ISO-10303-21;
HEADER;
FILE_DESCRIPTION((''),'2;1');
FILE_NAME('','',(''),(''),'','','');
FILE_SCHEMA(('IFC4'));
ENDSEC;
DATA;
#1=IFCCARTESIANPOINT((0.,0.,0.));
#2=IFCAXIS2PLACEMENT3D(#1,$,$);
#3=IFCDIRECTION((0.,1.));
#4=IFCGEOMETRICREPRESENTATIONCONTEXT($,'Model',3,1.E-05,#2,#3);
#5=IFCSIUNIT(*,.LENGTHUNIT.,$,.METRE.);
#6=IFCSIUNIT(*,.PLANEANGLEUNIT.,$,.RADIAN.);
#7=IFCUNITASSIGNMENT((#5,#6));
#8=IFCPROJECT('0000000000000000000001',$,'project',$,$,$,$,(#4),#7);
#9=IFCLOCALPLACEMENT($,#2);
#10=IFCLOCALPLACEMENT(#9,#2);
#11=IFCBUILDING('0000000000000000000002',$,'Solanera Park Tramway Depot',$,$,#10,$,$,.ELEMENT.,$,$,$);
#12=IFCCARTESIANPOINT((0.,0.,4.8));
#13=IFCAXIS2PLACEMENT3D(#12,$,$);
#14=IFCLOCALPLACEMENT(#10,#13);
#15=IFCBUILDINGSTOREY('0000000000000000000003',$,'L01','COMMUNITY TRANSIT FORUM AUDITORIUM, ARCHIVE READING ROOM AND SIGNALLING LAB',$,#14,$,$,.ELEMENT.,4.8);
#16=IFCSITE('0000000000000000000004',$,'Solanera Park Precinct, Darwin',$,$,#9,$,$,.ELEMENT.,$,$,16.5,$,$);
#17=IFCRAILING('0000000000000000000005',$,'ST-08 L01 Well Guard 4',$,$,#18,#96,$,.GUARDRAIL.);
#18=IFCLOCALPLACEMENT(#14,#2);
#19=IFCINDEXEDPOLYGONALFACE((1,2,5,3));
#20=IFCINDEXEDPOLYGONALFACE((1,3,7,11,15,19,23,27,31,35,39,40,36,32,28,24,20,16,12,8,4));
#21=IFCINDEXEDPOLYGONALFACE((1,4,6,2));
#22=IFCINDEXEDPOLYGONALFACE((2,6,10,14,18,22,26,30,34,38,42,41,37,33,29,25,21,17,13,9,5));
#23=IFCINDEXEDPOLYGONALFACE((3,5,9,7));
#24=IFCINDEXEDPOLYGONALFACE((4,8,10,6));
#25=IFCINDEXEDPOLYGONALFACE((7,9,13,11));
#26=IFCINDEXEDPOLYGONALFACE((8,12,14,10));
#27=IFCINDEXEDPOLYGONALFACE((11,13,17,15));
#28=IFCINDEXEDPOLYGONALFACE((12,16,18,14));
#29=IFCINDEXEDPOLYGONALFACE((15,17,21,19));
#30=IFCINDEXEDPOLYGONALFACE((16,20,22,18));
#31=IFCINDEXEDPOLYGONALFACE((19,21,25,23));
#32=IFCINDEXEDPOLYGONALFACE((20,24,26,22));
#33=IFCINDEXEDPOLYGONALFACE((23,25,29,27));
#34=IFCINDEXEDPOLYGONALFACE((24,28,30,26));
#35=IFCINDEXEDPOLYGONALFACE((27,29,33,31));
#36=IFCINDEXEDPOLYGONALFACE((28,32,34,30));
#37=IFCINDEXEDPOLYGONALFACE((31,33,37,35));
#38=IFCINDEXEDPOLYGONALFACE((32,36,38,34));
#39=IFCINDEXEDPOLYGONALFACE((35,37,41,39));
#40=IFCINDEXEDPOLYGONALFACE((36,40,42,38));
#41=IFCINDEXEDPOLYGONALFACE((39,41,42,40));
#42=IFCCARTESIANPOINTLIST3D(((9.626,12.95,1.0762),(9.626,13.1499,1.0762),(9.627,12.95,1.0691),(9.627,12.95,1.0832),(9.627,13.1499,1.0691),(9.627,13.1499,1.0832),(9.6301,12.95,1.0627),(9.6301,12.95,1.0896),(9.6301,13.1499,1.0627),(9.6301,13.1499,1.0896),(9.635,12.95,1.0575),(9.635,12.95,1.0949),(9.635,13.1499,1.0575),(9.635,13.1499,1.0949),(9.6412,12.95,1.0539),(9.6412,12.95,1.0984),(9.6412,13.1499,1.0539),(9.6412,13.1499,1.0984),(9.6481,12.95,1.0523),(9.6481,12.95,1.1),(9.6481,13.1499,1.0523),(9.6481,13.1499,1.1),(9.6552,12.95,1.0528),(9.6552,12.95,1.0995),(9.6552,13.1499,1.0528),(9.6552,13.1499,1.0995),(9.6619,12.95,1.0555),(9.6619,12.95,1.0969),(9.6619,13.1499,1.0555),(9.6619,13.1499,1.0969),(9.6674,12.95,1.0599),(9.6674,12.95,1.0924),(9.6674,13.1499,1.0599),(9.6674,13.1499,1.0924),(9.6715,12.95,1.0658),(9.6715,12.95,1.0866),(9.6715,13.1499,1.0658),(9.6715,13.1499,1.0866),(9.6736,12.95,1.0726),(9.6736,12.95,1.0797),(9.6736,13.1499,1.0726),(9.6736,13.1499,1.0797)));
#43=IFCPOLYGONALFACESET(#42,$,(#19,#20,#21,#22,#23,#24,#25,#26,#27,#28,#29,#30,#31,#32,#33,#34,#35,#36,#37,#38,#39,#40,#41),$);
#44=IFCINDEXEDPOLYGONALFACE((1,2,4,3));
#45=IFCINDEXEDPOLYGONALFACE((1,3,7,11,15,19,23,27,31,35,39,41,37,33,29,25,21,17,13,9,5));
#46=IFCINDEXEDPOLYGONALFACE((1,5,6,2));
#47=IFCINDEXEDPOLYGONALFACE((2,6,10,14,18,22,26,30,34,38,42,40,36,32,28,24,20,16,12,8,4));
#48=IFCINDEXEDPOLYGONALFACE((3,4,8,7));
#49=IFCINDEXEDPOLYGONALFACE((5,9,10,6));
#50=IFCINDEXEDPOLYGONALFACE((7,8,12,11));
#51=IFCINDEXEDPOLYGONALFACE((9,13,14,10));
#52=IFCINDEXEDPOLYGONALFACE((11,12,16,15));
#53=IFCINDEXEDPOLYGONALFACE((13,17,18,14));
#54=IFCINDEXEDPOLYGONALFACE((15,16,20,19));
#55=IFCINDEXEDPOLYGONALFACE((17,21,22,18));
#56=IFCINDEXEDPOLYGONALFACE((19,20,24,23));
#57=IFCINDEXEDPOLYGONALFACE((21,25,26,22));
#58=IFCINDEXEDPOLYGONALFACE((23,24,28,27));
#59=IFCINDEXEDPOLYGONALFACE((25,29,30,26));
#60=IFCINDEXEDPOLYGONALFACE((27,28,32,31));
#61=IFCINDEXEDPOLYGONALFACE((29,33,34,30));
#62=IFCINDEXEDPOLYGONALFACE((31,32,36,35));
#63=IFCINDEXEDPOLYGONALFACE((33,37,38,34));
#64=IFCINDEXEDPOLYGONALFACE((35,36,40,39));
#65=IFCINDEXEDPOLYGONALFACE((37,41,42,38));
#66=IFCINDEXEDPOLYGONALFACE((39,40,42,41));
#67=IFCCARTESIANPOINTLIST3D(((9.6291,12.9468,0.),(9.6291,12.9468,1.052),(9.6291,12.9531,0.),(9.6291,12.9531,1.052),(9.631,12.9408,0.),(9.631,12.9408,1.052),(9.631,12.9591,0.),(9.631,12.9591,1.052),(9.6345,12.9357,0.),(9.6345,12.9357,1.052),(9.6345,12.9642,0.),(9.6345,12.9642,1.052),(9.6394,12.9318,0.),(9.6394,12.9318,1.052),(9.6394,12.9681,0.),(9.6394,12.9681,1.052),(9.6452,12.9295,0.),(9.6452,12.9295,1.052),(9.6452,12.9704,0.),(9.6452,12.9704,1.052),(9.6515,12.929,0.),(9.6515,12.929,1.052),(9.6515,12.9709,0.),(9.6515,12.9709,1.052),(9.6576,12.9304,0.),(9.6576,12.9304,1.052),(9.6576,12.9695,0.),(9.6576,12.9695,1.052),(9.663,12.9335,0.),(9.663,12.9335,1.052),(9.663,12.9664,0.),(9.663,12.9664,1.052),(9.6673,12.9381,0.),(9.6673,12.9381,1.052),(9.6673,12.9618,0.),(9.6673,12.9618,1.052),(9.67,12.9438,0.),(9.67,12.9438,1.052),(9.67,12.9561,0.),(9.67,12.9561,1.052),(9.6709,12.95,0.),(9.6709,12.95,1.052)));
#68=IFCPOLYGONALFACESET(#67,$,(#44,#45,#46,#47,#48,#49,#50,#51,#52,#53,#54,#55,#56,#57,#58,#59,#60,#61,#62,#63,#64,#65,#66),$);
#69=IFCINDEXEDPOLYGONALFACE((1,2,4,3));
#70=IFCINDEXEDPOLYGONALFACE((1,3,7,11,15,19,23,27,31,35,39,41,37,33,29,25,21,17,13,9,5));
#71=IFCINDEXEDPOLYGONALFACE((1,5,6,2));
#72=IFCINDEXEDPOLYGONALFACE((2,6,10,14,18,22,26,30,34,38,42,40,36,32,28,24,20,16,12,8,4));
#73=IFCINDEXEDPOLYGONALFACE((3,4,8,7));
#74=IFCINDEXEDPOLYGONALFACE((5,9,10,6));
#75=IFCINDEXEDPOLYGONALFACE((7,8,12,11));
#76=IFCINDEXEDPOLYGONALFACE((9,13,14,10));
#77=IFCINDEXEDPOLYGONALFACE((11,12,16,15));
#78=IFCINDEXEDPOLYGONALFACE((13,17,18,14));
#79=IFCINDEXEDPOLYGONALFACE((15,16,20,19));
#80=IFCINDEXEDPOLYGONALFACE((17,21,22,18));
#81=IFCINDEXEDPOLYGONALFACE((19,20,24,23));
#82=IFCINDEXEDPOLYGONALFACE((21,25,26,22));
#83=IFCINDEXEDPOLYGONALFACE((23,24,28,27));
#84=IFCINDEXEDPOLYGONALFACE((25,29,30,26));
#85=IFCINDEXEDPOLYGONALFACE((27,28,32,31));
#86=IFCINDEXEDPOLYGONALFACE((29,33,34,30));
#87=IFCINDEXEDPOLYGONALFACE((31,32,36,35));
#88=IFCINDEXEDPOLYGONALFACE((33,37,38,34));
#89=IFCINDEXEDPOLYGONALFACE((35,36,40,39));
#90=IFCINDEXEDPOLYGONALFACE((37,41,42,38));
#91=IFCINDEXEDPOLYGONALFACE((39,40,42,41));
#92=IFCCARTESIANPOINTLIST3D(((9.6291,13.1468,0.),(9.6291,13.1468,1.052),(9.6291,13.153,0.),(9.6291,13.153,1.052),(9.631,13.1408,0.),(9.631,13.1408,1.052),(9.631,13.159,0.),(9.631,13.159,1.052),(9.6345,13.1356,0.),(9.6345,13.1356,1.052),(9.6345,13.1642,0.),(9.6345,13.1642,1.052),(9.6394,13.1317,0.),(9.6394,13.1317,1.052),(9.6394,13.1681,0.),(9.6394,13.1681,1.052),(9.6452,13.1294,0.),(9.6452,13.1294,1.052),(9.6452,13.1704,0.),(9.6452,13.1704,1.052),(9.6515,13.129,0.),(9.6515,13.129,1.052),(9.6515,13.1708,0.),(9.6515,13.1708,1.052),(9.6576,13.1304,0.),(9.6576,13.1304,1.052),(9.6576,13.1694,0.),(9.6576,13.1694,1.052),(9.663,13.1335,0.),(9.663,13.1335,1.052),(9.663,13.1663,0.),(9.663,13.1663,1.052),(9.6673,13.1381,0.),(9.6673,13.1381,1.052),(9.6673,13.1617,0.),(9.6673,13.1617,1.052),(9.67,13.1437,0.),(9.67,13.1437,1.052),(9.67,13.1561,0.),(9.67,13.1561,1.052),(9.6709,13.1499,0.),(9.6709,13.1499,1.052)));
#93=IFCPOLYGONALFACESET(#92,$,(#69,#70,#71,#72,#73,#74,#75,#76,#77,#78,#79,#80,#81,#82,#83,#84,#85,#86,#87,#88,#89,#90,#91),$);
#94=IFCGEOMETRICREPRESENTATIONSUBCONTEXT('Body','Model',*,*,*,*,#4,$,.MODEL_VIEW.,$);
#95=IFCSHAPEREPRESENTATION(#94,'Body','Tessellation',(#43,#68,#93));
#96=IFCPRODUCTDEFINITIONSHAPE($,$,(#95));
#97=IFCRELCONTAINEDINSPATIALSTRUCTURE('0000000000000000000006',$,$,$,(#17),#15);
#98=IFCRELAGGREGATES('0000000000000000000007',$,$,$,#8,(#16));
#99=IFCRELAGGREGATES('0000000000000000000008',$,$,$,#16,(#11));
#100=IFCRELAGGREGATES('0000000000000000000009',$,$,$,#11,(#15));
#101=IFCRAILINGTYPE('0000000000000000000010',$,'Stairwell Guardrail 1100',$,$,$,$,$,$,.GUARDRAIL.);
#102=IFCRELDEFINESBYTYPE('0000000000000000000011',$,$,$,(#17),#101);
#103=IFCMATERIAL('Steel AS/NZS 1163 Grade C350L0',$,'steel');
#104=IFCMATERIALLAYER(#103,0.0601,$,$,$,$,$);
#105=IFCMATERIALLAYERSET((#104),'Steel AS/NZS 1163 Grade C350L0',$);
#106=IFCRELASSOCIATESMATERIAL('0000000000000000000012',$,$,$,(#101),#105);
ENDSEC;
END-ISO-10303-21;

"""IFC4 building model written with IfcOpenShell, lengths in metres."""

from ifc_helpers import new_model, si_unit, direction, frame, origin, origin_2d, place, context, subcontext, project, spatial, circle, extrude, material, layer, layer_set, type_object, element, save


model = new_model("IFC4")

# Units and contexts
model_context = context("Model", 3, precision=1e-05, world=origin(), true_north=direction((0.0, 1.0)))
body_context = subcontext(model_context, "Body", "Model", "MODEL_VIEW")
ifc_project = project(units=[si_unit("LENGTHUNIT", "METRE"), si_unit("PLANEANGLEUNIT", "RADIAN")], contexts=[model_context])

# Site, building, storey
site_placement = place(None, origin())
site = spatial("IfcSite", under=ifc_project, at=site_placement, Name="Solanera Park Precinct, Darwin", CompositionType="ELEMENT", RefElevation=16.5)
building_placement = place(site_placement, origin())
building = spatial("IfcBuilding", under=site, at=building_placement, Name="Solanera Park Tramway Depot", CompositionType="ELEMENT")
storey_placement = place(building_placement, frame((0.0, 0.0, 4.8)))
storey = spatial("IfcBuildingStorey", under=building, at=storey_placement, Name="L01", Description="COMMUNITY TRANSIT FORUM AUDITORIUM, ARCHIVE READING ROOM AND SIGNALLING LAB", CompositionType="ELEMENT", Elevation=4.8)

# Railing
ifc_material_1 = material(Name="Steel AS/NZS 1163 Grade C350L0", Category="steel")
ifc_layer_1 = layer(ifc_material_1, 0.0601)
ifc_layer_set_1 = layer_set([ifc_layer_1], Name="Steel AS/NZS 1163 Grade C350L0")
railing_type = type_object("IfcRailingType", Name="Stairwell Guardrail 1100", PredefinedType="GUARDRAIL", material=ifc_layer_set_1)
railing_1_placement = place(storey_placement, frame((9.6499, 12.95, 0.0)))
element("IfcRailing", 1, at=railing_1_placement, inside=storey, type_object=railing_type, Name="ST-08 L01 Well Guard 4", PredefinedType="GUARDRAIL", context=body_context, shape_type="SweptSolid", body=[
    extrude(circle(Radius=0.0239, at=origin_2d()), frame((0.0, 0.0, 1.0762), z_axis=(0.0, 1.0, 0.0), x_axis=(-1.0, 0.0, 0.0)), (0.0, 0.0, 1.0), 0.2),
    extrude(circle(Radius=0.021, at=origin_2d()), origin(), (0.0, 0.0, 1.0), 1.052),
    extrude(circle(Radius=0.021, at=origin_2d()), frame((0.0, 0.2, 0.0)), (0.0, 0.0, 1.0), 1.052),
])

save(model, "model.ifc")
